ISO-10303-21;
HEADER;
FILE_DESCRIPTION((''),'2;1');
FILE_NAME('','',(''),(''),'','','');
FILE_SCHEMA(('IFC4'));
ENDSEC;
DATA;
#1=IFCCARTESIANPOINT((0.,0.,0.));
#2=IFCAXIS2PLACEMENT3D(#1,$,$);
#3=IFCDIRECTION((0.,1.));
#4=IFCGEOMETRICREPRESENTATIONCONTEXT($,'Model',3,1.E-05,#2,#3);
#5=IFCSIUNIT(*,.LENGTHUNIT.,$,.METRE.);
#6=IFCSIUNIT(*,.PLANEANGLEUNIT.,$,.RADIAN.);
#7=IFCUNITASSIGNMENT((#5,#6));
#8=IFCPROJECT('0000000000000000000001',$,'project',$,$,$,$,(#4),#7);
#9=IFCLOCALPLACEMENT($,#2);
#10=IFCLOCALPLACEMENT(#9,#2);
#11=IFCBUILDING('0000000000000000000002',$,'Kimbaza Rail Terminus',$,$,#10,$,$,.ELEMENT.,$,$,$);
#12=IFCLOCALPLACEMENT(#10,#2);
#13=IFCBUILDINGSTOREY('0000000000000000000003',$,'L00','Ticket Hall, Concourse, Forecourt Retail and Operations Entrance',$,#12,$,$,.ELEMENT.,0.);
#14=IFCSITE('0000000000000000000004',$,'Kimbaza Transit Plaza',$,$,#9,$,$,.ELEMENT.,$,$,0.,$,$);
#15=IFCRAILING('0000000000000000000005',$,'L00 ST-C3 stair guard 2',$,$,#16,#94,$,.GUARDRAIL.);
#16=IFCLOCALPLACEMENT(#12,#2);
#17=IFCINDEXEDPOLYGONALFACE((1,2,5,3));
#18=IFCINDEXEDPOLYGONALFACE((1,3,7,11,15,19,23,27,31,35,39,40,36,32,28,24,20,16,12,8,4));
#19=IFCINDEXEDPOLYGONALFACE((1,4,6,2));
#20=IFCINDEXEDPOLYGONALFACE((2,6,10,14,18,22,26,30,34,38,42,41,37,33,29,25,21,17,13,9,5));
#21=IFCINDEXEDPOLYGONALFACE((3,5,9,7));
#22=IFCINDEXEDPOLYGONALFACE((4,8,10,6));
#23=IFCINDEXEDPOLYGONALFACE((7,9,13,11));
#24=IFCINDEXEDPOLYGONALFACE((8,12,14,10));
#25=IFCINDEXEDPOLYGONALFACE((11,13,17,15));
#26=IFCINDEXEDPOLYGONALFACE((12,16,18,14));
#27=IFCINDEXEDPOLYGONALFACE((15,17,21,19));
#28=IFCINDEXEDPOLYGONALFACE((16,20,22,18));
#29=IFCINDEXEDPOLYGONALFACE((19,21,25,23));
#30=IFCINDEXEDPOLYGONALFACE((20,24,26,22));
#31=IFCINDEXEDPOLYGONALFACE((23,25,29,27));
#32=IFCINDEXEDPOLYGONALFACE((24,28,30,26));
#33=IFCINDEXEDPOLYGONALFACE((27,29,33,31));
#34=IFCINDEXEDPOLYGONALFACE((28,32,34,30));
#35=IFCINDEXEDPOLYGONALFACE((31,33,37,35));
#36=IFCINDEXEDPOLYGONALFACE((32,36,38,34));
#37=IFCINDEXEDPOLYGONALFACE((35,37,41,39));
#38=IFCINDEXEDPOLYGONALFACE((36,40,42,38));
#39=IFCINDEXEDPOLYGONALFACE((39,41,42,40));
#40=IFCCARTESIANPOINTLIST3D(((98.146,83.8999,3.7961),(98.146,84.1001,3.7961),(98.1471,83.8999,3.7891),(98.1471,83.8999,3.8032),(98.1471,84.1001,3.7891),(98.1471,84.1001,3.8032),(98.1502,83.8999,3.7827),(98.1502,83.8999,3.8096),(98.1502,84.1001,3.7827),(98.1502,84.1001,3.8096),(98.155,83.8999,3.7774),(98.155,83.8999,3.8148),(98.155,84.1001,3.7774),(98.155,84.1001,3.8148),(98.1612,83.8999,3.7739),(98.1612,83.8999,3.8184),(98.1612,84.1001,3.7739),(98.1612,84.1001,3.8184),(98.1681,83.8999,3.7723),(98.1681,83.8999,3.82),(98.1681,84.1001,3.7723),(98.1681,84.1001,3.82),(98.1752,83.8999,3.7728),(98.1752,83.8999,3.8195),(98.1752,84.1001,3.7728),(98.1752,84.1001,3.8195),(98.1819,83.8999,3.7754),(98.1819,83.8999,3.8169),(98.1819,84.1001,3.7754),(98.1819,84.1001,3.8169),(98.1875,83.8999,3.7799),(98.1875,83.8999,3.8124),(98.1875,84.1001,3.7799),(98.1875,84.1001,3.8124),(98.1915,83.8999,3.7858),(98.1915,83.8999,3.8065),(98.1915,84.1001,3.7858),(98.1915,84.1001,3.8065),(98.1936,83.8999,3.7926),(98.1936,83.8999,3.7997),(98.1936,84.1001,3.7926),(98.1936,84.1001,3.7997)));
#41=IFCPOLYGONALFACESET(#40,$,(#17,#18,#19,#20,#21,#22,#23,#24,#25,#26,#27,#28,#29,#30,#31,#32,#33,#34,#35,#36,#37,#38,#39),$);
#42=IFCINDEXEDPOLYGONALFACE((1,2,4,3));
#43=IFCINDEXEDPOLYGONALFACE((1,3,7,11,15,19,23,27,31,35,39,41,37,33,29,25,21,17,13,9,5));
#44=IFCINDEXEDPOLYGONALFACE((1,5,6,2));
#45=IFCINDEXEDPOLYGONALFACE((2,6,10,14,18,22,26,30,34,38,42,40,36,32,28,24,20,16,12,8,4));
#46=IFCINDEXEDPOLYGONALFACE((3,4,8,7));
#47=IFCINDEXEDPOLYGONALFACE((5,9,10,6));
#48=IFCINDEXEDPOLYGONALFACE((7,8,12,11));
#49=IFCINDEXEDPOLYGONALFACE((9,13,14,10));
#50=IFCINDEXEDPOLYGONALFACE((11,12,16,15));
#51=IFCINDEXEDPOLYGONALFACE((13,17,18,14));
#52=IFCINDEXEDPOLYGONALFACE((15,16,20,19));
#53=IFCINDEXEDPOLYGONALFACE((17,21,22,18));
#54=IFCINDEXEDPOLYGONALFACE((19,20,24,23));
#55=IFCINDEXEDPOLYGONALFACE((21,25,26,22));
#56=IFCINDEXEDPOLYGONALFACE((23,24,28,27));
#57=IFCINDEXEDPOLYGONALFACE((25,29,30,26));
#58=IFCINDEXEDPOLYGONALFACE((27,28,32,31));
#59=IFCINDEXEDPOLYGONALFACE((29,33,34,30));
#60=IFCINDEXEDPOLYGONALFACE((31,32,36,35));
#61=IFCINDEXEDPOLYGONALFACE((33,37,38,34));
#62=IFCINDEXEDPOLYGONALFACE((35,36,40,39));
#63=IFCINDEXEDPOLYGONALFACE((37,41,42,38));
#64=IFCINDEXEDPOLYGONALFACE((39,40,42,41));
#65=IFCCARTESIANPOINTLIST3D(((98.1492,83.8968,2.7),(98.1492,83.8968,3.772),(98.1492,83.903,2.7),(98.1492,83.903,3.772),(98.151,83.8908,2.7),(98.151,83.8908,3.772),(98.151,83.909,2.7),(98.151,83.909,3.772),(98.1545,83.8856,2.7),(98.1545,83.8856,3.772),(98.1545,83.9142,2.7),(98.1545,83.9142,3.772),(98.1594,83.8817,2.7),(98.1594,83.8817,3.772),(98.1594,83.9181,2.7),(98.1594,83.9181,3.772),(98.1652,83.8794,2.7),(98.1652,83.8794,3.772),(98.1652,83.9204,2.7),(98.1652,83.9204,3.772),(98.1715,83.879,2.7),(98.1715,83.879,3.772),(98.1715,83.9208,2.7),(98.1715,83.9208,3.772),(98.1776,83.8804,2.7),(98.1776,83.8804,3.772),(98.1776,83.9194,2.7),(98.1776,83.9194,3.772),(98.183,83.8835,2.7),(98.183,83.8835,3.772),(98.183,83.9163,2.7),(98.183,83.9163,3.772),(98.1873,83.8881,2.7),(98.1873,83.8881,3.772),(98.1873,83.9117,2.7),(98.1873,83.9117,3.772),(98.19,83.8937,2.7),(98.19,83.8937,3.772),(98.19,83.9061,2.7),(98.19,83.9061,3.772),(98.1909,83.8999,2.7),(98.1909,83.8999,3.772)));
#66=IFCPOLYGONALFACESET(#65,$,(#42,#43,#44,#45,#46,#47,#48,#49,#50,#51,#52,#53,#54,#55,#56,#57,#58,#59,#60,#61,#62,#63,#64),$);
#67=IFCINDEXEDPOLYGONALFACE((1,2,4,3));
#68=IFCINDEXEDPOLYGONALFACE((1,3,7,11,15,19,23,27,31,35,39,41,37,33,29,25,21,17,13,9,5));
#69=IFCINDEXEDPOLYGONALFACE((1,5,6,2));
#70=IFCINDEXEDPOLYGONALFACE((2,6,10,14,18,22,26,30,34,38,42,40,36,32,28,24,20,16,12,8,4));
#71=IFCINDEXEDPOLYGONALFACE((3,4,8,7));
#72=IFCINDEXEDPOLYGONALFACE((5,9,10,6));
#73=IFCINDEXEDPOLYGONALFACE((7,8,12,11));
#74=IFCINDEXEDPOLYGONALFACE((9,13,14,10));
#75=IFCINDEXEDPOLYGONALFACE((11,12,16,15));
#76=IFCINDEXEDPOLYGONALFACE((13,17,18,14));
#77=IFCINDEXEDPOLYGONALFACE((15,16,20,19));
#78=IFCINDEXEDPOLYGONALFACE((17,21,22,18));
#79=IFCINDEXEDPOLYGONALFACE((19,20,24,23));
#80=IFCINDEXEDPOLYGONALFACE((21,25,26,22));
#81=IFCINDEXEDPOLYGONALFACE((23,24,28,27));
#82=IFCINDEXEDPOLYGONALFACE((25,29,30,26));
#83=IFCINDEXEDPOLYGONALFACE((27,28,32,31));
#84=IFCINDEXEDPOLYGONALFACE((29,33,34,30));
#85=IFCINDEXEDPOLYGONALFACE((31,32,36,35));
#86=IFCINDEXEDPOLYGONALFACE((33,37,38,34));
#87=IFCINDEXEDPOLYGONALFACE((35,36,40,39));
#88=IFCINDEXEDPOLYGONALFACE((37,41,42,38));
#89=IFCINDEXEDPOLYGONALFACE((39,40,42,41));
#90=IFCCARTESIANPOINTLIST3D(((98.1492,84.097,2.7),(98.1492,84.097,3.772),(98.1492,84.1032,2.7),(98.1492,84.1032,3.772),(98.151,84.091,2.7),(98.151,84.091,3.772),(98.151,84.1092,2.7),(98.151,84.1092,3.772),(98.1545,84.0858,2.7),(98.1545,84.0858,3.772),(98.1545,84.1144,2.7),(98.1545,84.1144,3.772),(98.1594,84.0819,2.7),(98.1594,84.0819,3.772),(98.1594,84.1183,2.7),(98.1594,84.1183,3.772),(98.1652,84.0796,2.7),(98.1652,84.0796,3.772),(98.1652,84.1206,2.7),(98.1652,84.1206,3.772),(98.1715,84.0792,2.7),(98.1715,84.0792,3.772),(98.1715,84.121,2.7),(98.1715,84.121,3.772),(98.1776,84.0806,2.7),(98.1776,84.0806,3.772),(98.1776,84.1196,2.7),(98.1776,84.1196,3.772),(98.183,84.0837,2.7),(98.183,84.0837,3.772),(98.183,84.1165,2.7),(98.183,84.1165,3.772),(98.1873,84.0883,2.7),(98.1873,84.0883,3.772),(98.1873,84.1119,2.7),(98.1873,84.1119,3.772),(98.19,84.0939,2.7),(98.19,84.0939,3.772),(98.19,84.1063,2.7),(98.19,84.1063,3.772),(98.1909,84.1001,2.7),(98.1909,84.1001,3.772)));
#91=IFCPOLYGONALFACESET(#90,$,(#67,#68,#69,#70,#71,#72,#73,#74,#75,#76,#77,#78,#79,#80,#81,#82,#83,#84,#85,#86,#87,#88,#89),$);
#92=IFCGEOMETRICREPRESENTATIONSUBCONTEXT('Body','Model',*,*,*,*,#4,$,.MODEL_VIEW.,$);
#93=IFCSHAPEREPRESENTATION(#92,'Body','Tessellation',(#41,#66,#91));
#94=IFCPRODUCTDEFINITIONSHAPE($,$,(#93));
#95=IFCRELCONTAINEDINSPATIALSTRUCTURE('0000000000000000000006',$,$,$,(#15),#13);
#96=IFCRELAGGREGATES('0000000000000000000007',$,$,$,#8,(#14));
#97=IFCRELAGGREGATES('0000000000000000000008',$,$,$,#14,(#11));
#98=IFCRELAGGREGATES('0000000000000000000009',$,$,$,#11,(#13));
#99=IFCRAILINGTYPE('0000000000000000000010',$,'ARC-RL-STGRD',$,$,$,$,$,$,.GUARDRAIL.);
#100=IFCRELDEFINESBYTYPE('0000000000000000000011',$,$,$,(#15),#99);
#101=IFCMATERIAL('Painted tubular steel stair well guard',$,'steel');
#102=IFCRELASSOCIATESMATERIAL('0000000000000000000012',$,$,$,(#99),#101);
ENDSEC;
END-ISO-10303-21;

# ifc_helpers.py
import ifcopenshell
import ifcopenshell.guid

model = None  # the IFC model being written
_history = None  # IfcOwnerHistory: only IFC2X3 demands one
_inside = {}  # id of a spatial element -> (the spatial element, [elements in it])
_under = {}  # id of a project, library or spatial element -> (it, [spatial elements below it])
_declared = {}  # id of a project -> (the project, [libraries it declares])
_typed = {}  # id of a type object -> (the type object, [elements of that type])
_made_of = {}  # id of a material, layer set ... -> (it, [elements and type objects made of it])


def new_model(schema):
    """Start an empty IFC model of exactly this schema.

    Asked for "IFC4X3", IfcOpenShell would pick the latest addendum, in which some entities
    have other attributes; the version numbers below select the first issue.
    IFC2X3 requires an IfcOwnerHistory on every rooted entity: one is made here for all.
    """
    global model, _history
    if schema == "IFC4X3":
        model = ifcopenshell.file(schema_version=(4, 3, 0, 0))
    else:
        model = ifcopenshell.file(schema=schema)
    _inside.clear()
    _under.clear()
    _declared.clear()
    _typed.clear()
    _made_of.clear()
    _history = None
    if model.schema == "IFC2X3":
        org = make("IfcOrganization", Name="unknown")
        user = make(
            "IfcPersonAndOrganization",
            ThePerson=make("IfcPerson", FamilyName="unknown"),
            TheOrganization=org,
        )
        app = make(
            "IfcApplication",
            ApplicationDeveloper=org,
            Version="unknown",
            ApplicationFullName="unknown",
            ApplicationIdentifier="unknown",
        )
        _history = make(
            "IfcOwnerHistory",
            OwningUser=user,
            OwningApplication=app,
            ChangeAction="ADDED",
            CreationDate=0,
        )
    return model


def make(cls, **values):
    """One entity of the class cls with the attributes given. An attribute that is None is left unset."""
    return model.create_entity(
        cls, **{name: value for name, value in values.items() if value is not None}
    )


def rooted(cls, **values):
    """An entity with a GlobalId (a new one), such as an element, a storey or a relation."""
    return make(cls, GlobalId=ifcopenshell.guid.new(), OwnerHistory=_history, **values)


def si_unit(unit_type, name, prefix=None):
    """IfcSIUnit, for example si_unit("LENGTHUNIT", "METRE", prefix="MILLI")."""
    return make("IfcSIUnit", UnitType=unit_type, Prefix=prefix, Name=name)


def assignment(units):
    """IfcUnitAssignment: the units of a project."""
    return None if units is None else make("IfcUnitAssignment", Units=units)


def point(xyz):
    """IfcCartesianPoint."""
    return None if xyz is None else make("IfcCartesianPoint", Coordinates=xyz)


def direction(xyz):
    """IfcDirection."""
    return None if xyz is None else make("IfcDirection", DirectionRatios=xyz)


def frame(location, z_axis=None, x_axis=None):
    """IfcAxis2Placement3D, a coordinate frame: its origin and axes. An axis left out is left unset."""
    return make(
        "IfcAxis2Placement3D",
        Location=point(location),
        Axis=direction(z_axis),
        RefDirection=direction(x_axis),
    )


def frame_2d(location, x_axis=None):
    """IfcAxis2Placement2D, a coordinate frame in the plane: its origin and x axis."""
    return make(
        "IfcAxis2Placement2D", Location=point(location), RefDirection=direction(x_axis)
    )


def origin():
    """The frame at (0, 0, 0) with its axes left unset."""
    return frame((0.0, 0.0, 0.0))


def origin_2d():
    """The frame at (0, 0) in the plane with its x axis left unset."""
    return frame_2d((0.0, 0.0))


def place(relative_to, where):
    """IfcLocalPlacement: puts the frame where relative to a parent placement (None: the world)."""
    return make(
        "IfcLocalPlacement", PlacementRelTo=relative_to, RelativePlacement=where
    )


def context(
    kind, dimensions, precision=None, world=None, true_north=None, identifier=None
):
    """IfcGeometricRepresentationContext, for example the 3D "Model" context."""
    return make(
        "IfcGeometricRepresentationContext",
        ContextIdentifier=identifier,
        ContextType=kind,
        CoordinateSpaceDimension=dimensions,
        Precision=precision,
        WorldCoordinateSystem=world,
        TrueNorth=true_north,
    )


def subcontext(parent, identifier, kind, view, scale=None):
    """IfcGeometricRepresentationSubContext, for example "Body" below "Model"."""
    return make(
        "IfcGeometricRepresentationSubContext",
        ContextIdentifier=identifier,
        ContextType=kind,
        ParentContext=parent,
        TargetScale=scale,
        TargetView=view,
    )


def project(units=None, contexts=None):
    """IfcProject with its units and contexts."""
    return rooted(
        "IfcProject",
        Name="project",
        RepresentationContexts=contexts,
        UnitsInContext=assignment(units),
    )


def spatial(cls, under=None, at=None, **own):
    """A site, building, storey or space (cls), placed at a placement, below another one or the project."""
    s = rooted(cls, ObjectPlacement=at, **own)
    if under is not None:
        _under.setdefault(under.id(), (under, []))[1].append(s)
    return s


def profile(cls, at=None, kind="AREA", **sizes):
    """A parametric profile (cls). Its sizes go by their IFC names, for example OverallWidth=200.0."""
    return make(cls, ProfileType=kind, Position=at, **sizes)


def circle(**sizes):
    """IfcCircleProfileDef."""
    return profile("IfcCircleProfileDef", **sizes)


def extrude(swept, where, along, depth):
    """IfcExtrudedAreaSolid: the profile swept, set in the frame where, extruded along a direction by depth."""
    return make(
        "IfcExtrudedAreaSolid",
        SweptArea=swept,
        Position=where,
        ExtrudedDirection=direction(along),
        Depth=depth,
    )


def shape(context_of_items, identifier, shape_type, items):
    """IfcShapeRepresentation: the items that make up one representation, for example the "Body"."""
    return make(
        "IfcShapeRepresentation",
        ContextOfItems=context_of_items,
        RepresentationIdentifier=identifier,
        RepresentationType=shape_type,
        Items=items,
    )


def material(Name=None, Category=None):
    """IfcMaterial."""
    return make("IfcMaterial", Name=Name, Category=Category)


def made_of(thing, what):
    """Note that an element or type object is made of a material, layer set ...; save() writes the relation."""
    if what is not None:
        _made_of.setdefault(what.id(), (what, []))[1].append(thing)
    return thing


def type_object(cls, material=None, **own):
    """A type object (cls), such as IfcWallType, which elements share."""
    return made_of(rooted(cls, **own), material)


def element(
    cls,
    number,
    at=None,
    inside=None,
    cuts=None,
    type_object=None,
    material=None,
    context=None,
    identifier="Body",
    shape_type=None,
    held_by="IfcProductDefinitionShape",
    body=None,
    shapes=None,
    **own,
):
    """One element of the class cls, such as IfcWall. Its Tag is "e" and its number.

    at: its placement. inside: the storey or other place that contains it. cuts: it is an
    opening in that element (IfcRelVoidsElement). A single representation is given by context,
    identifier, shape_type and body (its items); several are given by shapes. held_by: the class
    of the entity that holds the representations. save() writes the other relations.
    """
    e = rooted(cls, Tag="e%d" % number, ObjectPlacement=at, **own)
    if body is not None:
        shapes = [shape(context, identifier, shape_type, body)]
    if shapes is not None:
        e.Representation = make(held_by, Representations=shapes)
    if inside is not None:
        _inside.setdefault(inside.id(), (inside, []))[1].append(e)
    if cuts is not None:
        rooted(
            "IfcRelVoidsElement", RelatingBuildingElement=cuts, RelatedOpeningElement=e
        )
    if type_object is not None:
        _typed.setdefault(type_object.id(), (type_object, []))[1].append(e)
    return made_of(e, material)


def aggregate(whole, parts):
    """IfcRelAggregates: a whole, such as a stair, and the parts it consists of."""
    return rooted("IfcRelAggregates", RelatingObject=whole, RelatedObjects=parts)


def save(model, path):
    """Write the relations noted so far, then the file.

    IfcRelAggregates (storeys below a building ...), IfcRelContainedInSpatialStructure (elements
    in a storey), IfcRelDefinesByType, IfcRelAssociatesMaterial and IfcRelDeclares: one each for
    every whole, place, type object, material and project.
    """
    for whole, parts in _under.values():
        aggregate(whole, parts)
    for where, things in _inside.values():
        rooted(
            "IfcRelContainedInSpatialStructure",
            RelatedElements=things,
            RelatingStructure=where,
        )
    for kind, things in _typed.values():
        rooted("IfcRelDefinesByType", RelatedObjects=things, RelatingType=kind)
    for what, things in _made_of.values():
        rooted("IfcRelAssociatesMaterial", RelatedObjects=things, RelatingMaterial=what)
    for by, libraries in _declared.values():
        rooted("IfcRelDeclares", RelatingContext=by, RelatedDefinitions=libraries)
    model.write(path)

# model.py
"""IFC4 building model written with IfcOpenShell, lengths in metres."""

from ifc_helpers import new_model, si_unit, direction, frame, origin, origin_2d, place, context, subcontext, project, spatial, circle, extrude, material, type_object, element, save


model = new_model("IFC4")

# Units and contexts
model_context = context("Model", 3, precision=1e-05, world=origin(), true_north=direction((0.0, 1.0)))
body_context = subcontext(model_context, "Body", "Model", "MODEL_VIEW")
ifc_project = project(units=[si_unit("LENGTHUNIT", "METRE"), si_unit("PLANEANGLEUNIT", "RADIAN")], contexts=[model_context])

# Site, building, storey
site_placement = place(None, origin())
site = spatial("IfcSite", under=ifc_project, at=site_placement, Name="Kimbaza Transit Plaza", CompositionType="ELEMENT", RefElevation=0.0)
building_placement = place(site_placement, origin())
building = spatial("IfcBuilding", under=site, at=building_placement, Name="Kimbaza Rail Terminus", CompositionType="ELEMENT")
storey_placement = place(building_placement, origin())
storey = spatial("IfcBuildingStorey", under=building, at=storey_placement, Name="L00", Description="Ticket Hall, Concourse, Forecourt Retail and Operations Entrance", CompositionType="ELEMENT", Elevation=0.0)

# Railing
ifc_material_1 = material(Name="Painted tubular steel stair well guard", Category="steel")
railing_type_1 = type_object("IfcRailingType", Name="ARC-RL-STGRD", PredefinedType="GUARDRAIL", material=ifc_material_1)
railing_1_placement = place(storey_placement, frame((98.1699, 83.8999, 2.7)))
element("IfcRailing", 1, at=railing_1_placement, inside=storey, type_object=railing_type_1, Name="L00 ST-C3 stair guard 2", PredefinedType="GUARDRAIL", context=body_context, shape_type="SweptSolid", body=[
    extrude(circle(Radius=0.0239, at=origin_2d()), frame((0.0, 0.0, 1.0962), z_axis=(0.0, 1.0, 0.0), x_axis=(-1.0, 0.0, 0.0)), (0.0, 0.0, 1.0), 0.2002),
    extrude(circle(Radius=0.021, at=origin_2d()), origin(), (0.0, 0.0, 1.0), 1.072),
    extrude(circle(Radius=0.021, at=origin_2d()), frame((0.0, 0.2002, 0.0)), (0.0, 0.0, 1.0), 1.072),
])

save(model, "model.ifc")
